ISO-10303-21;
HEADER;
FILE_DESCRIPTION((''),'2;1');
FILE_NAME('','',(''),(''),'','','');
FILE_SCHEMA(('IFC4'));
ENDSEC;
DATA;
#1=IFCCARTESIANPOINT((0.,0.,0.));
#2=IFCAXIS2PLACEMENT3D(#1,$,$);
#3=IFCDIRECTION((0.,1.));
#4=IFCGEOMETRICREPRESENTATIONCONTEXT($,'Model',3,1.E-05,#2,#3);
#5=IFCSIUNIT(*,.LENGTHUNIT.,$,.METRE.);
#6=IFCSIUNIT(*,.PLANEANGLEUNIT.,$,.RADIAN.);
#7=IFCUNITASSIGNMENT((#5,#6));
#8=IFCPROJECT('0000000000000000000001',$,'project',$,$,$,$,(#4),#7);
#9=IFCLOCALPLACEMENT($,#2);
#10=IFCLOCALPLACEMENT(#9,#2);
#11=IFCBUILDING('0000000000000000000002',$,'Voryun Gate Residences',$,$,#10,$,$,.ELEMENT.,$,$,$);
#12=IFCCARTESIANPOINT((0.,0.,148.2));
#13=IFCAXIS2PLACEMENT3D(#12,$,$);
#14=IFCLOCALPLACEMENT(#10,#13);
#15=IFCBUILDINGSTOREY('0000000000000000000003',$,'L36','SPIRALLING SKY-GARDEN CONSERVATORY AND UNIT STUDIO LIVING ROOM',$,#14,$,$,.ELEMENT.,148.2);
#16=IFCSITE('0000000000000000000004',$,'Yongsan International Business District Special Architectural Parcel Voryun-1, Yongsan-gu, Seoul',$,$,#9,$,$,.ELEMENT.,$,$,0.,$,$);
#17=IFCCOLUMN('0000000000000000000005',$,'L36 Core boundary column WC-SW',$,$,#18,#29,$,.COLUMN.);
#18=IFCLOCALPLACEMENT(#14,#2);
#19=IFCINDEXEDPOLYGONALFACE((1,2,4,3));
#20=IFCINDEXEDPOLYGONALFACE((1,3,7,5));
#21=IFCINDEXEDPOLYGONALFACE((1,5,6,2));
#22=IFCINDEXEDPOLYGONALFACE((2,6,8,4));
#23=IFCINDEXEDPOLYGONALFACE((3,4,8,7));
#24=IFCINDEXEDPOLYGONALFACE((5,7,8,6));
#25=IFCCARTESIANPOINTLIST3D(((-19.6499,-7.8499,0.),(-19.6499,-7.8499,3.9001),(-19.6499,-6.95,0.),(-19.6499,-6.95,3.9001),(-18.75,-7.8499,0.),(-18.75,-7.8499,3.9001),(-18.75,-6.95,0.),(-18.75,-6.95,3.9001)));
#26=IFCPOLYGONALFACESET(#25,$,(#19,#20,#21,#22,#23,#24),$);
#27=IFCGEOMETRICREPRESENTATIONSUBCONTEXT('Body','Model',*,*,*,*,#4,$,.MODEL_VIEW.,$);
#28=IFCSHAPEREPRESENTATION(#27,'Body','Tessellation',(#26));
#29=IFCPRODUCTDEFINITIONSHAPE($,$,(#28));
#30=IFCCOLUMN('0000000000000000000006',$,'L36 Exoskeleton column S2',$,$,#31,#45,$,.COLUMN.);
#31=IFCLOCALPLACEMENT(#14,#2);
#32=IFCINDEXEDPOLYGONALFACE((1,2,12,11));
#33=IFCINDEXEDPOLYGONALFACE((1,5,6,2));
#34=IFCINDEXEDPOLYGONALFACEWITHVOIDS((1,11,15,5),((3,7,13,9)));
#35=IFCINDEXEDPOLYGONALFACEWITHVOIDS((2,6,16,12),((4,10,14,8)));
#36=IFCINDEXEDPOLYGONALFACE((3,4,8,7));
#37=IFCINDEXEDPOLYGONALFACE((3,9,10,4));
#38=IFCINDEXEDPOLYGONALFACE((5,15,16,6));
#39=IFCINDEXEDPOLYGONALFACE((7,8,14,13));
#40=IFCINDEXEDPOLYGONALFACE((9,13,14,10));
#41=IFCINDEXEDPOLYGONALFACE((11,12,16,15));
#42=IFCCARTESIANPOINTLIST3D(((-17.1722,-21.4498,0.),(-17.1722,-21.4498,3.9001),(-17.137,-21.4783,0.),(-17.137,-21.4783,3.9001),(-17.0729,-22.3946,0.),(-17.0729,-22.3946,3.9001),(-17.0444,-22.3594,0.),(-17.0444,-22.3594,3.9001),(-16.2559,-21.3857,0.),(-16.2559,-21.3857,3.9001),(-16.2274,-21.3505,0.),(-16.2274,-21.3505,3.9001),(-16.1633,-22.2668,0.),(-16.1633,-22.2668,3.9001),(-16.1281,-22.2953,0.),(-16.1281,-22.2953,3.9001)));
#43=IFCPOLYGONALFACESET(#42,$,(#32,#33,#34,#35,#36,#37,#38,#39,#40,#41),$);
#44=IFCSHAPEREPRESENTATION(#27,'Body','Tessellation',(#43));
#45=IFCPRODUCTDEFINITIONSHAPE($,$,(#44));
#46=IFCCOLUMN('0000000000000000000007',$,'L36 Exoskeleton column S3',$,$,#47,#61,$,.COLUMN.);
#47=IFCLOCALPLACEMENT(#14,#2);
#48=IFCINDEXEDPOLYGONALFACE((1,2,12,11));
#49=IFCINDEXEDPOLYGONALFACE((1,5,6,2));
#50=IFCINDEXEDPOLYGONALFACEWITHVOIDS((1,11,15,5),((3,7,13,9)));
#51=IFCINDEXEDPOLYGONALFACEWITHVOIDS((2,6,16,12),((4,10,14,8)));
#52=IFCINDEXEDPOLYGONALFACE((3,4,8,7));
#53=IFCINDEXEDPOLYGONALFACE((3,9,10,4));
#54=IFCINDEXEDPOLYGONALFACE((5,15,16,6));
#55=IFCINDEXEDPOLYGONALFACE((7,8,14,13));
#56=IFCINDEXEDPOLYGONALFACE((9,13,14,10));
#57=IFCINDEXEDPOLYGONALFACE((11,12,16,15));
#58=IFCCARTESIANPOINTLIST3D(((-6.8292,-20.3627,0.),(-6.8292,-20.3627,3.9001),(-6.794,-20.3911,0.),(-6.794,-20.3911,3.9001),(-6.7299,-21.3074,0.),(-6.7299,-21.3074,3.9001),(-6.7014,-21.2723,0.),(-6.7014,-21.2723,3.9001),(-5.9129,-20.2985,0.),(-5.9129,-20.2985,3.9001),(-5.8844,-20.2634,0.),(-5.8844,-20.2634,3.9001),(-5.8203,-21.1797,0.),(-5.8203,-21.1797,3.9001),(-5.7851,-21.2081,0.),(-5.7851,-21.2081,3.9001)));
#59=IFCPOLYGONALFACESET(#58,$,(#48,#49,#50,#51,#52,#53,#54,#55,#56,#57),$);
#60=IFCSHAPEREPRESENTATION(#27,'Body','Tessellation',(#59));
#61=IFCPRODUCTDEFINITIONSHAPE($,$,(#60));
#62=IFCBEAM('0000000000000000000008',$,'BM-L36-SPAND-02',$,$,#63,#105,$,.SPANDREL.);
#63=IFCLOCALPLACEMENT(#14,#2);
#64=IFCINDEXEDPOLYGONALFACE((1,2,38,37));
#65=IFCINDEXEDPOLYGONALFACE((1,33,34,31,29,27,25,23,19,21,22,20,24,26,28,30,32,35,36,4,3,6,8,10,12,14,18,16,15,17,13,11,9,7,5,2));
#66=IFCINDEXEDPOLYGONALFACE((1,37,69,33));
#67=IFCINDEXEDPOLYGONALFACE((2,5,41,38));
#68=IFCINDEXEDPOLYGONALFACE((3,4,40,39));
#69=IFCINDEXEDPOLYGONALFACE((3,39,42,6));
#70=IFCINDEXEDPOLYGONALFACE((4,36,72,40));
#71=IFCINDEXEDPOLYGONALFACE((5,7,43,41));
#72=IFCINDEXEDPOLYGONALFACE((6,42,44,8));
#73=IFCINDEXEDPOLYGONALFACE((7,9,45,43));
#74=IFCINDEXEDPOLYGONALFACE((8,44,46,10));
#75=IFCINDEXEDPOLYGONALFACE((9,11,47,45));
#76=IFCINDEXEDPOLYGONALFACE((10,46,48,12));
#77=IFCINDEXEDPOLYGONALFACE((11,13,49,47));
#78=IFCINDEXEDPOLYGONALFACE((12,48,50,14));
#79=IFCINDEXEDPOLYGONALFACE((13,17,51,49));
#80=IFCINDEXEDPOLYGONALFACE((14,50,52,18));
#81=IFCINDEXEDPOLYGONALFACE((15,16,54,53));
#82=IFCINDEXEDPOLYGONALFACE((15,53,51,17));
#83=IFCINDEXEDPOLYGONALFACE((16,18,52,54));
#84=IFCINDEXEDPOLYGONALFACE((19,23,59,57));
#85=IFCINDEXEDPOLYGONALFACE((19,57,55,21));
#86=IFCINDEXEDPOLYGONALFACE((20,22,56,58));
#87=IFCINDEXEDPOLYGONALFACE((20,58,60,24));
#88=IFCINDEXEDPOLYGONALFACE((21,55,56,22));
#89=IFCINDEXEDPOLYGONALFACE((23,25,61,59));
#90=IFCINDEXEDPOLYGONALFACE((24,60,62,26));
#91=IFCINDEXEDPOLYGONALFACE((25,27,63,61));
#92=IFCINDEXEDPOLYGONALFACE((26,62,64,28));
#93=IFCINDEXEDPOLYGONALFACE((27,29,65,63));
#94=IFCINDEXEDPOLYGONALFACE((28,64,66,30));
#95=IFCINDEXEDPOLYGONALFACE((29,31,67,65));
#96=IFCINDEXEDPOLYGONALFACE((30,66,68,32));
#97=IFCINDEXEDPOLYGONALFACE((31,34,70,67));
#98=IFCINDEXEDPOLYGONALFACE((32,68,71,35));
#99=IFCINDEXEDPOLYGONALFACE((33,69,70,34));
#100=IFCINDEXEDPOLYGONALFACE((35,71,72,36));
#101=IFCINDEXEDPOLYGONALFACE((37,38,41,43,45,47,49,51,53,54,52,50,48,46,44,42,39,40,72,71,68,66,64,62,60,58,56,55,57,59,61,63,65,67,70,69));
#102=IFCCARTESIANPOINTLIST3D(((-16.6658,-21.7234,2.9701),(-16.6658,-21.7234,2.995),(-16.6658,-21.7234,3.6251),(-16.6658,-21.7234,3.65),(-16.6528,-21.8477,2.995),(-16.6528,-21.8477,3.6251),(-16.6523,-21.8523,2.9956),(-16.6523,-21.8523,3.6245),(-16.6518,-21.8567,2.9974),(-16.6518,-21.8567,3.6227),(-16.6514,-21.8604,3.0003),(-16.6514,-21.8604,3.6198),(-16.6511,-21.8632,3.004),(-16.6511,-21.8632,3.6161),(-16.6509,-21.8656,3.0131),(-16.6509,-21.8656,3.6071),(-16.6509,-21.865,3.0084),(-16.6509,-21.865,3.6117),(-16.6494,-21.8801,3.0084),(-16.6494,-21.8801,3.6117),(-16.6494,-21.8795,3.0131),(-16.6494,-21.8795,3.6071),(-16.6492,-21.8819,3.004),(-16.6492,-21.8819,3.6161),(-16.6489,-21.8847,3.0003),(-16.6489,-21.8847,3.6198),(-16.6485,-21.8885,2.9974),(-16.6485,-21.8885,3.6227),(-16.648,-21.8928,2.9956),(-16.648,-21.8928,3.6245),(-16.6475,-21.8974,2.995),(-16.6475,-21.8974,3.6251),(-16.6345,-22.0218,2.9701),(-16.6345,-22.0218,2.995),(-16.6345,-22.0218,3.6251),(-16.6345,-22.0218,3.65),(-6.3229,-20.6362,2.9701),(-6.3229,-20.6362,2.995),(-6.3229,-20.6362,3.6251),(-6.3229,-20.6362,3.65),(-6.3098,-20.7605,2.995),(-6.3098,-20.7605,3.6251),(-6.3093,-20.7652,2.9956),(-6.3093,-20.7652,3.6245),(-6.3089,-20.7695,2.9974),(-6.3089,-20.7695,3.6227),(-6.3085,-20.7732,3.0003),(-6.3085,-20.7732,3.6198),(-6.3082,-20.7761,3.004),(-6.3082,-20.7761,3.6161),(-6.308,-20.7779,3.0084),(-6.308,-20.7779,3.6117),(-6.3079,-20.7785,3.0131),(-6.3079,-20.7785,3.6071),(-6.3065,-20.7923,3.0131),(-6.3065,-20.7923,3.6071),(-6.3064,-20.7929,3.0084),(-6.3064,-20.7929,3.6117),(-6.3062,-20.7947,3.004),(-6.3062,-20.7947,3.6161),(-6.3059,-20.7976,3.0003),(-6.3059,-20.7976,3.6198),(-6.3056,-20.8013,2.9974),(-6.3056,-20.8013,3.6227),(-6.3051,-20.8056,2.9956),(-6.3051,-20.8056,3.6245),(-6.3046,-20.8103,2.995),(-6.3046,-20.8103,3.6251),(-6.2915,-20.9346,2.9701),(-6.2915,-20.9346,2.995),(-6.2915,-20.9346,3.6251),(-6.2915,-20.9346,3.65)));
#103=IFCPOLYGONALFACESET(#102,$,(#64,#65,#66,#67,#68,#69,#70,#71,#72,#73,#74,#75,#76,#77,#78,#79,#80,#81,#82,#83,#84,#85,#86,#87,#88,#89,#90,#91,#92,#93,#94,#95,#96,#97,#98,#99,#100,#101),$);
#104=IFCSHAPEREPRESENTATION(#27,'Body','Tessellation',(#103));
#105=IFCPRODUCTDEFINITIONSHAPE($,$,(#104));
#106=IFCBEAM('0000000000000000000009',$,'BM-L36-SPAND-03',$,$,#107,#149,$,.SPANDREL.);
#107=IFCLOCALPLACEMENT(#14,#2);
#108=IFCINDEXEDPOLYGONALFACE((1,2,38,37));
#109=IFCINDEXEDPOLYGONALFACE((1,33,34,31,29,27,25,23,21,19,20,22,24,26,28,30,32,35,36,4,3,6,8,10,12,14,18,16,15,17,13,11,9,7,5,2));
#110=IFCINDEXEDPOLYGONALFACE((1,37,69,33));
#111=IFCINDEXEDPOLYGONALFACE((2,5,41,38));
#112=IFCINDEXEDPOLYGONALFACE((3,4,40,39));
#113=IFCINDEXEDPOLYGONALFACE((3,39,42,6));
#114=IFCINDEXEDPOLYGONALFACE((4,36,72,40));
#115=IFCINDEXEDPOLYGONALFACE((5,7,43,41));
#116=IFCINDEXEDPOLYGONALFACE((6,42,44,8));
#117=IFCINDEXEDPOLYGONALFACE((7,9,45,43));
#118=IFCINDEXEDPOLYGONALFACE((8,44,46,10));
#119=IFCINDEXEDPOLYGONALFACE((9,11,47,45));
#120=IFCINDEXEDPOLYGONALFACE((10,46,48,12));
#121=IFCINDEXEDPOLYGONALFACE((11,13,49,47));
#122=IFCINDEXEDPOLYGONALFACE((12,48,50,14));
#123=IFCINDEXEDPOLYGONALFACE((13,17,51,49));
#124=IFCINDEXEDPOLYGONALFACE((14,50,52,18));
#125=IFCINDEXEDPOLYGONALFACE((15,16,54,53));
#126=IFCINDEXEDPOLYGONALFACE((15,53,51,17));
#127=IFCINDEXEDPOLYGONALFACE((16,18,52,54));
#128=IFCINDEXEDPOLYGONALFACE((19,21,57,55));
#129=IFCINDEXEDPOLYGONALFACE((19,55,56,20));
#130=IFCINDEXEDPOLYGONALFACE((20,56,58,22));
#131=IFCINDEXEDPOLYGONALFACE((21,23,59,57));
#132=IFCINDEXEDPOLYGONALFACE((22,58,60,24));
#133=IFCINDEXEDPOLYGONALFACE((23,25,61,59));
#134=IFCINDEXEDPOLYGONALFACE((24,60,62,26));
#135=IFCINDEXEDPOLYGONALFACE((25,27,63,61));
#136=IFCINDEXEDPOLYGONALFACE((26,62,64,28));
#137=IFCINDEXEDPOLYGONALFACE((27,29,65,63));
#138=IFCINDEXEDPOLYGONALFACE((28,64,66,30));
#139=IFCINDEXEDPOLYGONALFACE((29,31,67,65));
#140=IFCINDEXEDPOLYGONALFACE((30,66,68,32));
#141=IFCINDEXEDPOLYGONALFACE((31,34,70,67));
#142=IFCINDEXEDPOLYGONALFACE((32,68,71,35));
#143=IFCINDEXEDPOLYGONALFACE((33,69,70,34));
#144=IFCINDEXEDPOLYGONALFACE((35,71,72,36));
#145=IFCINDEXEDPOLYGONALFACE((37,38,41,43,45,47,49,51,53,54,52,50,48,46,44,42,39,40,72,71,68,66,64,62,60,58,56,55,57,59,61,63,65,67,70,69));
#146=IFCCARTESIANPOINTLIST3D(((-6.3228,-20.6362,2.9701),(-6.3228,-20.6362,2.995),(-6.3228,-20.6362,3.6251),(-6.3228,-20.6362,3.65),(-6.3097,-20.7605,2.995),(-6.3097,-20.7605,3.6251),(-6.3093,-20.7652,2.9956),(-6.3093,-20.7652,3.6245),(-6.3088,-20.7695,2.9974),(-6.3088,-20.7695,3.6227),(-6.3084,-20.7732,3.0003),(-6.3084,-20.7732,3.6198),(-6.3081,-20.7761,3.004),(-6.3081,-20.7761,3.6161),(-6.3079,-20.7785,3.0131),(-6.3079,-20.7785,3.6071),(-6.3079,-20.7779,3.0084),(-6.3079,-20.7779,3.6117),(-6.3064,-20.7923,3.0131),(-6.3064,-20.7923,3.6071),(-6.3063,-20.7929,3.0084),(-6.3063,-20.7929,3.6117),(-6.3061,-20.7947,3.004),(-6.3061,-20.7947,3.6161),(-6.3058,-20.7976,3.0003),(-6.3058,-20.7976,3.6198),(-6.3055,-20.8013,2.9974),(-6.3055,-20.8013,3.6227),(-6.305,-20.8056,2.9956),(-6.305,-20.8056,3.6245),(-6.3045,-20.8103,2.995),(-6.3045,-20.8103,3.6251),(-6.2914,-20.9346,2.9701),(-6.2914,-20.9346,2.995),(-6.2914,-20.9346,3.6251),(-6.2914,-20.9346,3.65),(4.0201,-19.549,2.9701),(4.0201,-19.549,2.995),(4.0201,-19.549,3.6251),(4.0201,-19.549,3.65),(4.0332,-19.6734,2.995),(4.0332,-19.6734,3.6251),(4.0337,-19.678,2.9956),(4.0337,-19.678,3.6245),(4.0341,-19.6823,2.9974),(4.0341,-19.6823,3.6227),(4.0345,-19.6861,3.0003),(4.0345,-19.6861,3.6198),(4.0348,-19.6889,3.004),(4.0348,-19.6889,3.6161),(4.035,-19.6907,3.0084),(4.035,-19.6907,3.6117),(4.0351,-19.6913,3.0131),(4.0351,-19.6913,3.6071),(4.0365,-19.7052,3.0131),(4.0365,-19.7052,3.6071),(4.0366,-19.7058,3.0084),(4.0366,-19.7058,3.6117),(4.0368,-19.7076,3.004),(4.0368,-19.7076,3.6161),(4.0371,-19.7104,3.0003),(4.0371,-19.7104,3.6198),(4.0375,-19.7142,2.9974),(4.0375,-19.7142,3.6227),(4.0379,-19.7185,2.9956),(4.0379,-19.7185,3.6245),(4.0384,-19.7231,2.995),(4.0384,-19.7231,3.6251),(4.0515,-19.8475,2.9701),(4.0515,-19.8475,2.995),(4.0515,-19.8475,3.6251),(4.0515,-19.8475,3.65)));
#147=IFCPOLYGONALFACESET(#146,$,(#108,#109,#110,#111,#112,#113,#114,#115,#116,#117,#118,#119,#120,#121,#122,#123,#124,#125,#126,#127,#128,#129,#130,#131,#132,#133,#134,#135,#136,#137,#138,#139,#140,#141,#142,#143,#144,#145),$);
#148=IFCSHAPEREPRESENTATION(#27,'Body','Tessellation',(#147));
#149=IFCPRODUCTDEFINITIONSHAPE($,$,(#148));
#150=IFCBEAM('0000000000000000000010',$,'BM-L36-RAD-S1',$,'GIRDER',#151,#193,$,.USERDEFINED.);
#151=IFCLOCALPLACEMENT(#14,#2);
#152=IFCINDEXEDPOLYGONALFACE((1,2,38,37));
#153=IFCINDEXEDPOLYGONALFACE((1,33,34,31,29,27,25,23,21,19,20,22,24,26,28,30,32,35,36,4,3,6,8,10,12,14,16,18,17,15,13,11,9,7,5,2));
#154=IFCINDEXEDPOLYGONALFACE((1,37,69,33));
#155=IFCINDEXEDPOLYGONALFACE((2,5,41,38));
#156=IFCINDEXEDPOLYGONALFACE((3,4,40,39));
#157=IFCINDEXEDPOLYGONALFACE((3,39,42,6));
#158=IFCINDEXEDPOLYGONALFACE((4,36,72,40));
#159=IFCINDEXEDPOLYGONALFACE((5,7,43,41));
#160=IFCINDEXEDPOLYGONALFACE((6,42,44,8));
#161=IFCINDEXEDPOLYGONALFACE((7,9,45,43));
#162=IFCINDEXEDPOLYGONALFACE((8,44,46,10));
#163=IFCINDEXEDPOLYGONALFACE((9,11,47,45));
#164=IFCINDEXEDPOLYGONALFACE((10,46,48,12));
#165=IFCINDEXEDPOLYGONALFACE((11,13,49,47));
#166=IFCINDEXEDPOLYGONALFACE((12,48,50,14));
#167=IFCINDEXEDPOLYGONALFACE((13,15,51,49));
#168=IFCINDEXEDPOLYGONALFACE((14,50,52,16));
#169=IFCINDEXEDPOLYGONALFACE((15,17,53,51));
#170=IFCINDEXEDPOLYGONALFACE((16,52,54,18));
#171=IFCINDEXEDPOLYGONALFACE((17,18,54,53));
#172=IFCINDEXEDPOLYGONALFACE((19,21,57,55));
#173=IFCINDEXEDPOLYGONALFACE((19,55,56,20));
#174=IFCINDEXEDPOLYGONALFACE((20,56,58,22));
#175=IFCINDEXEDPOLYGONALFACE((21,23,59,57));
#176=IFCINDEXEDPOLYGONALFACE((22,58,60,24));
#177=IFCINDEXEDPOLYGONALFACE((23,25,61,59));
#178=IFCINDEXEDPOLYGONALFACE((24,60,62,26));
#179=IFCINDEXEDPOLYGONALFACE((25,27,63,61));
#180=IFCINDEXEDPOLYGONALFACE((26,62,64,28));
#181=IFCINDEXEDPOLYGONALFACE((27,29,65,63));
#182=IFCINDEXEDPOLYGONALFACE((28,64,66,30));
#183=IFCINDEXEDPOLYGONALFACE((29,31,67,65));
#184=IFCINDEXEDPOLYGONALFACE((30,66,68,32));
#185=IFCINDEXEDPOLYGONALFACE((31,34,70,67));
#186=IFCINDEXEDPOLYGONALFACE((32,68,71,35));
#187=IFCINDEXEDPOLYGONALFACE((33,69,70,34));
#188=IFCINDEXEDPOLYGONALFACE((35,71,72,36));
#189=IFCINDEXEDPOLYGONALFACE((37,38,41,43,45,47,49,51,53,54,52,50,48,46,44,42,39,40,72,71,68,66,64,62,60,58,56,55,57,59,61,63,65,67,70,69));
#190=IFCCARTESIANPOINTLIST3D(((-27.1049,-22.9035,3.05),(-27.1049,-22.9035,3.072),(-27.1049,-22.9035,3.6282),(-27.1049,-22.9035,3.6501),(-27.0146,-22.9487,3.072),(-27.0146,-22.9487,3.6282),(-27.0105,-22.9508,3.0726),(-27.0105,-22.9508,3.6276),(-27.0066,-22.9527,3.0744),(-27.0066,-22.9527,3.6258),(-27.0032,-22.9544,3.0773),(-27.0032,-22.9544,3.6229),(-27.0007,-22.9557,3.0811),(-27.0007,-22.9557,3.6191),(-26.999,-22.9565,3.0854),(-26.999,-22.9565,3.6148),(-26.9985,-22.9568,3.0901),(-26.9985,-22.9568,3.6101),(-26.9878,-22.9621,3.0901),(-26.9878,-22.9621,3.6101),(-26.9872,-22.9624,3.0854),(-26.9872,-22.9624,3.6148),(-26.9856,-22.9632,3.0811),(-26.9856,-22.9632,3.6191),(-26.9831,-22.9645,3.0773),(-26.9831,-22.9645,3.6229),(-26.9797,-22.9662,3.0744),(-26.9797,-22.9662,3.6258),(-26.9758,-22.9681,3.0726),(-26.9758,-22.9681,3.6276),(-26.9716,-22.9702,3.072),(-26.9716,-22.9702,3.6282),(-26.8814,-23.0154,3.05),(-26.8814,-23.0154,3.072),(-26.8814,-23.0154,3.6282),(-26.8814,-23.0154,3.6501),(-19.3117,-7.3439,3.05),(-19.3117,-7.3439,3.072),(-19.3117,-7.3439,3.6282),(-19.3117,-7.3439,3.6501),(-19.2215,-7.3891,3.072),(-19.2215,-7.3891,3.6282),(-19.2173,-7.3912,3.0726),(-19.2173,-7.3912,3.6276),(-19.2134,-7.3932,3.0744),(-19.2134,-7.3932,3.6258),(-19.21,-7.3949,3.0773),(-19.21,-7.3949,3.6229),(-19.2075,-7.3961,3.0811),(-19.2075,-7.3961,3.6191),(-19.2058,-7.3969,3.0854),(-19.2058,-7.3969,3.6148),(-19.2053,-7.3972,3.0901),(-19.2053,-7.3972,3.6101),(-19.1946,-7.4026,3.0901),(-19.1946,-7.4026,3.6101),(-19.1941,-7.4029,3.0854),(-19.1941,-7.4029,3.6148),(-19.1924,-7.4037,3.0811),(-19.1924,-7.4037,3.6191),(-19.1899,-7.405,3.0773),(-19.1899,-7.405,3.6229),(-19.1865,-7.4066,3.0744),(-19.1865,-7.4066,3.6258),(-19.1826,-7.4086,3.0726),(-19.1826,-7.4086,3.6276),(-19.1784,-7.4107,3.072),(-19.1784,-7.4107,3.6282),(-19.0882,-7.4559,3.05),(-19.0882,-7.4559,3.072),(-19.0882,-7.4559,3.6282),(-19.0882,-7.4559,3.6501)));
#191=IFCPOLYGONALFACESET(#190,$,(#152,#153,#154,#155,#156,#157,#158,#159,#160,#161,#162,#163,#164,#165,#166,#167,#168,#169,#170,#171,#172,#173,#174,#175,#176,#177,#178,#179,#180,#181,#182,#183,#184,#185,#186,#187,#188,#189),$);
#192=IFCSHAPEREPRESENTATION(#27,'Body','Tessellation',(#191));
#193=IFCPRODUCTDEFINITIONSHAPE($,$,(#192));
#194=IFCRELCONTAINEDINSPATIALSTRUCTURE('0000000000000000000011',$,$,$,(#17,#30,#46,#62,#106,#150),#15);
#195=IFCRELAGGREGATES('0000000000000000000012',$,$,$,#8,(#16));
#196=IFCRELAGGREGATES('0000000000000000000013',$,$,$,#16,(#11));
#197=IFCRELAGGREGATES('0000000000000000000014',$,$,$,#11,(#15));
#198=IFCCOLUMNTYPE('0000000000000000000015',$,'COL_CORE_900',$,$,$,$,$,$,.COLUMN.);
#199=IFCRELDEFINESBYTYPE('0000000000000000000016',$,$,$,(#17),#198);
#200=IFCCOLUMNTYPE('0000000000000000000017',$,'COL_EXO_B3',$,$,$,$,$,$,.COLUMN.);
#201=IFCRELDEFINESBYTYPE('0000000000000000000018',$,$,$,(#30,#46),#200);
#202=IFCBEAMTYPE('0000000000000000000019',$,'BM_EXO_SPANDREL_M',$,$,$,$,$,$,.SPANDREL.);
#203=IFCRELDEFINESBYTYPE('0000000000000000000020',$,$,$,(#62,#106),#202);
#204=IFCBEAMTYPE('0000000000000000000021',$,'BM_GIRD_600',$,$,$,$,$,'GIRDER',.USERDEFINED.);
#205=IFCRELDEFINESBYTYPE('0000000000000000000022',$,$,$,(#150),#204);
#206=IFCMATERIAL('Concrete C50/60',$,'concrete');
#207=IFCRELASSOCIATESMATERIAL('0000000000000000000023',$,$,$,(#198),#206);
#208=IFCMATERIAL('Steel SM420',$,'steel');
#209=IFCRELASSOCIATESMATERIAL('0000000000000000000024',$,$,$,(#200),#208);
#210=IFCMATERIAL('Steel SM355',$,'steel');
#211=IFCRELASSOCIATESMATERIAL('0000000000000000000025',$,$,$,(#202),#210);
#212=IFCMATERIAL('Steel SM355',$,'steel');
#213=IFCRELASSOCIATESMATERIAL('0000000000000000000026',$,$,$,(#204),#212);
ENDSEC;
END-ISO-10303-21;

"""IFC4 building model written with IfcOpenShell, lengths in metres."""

from ifc_helpers import new_model, si_unit, direction, frame, origin, origin_2d, place, context, subcontext, project, spatial, rectangle, hollow_rectangle, i_section, extrude, material, material_profile, profile_set, type_object, element, save


model = new_model("IFC4")

# Units and contexts
model_context = context("Model", 3, precision=1e-05, world=origin(), true_north=direction((0.0, 1.0)))
body_context = subcontext(model_context, "Body", "Model", "MODEL_VIEW")
ifc_project = project(units=[si_unit("LENGTHUNIT", "METRE"), si_unit("PLANEANGLEUNIT", "RADIAN")], contexts=[model_context])

# Site, building, storey
site_placement = place(None, origin())
site = spatial("IfcSite", under=ifc_project, at=site_placement, Name="Yongsan International Business District Special Architectural Parcel Voryun-1, Yongsan-gu, Seoul", CompositionType="ELEMENT", RefElevation=0.0)
building_placement = place(site_placement, origin())
building = spatial("IfcBuilding", under=site, at=building_placement, Name="Voryun Gate Residences", CompositionType="ELEMENT")
storey_placement = place(building_placement, frame((0.0, 0.0, 148.2)))
storey = spatial("IfcBuildingStorey", under=building, at=storey_placement, Name="L36", Description="SPIRALLING SKY-GARDEN CONSERVATORY AND UNIT STUDIO LIVING ROOM", CompositionType="ELEMENT", Elevation=148.2)

# Columns
ifc_material_1 = material(Name="Concrete C50/60", Category="concrete")
ifc_material_profile_1 = material_profile(ifc_material_1, rectangle(XDim=0.8999, YDim=0.8999, at=origin_2d()), Name="RC-900x900")
ifc_profile_set_1 = profile_set([ifc_material_profile_1], Name="Concrete C50/60")
column_type_1 = type_object("IfcColumnType", Name="COL_CORE_900", PredefinedType="COLUMN", material=ifc_profile_set_1)
column_placement = place(storey_placement, frame((-19.2, -7.3999, 0.0), z_axis=(0.0, 0.0, 1.0), x_axis=(1.0, 0.0, 0.0)))
element("IfcColumn", 1, at=column_placement, inside=storey, type_object=column_type_1, Name="L36 Core boundary column WC-SW", PredefinedType="COLUMN", context=body_context, shape_type="SweptSolid", body=[
    extrude(rectangle(XDim=0.8999, YDim=0.8999, at=origin_2d()), origin(), (0.0, 0.0, 1.0), 3.9001),
])
ifc_material_2 = material(Name="Steel SM420", Category="steel")
ifc_material_profile_2 = material_profile(ifc_material_2, hollow_rectangle(XDim=0.95, YDim=0.95, WallThickness=0.032, at=origin_2d()), Name="BOX-950x950x32")
ifc_profile_set_2 = profile_set([ifc_material_profile_2], Name="Steel SM420")
column_type_2 = type_object("IfcColumnType", Name="COL_EXO_B3", PredefinedType="COLUMN", material=ifc_profile_set_2)
for number, where, z_axis, x_axis, name in (
    (2, (-16.6501, -21.8726, 0.0), (0.0, 0.0, 1.0), (0.994522, 0.104528, 0.0), "L36 Exoskeleton column S2"),
    (3, (-6.3071, -20.7854, 0.0), (0.0, 0.0, 1.0), (0.994522, 0.104528, 0.0), "L36 Exoskeleton column S3"),
):
    element("IfcColumn", number, at=place(storey_placement, frame(where, z_axis=z_axis, x_axis=x_axis)), inside=storey, type_object=column_type_2, Name=name, PredefinedType="COLUMN", context=body_context, shape_type="SweptSolid", body=[
        extrude(hollow_rectangle(XDim=0.95, YDim=0.95, WallThickness=0.032, at=origin_2d()), origin(), (0.0, 0.0, 1.0), 3.9001),
    ])

# Beams
ifc_material_3 = material(Name="Steel SM355", Category="steel")
ifc_material_profile_3 = material_profile(ifc_material_3, i_section(OverallWidth=0.3, OverallDepth=0.6799, WebThickness=0.0139, FlangeThickness=0.0249, FilletRadius=0.0181, at=origin_2d()), Name="H-680x300x14x25")
ifc_profile_set_3 = profile_set([ifc_material_profile_3], Name="Steel SM355")
beam_type_1 = type_object("IfcBeamType", Name="BM_EXO_SPANDREL_M", PredefinedType="SPANDREL", material=ifc_profile_set_3)
for number, where, z_axis, x_axis, name in (
    (4, (-16.6501, -21.8726, 3.3101), (0.994521, 0.104534, 0.0), (-0.104534, 0.994521, 0.0), "BM-L36-SPAND-02"),
    (5, (-6.3071, -20.7854, 3.3101), (0.994521, 0.104534, 0.0), (-0.104534, 0.994521, 0.0), "BM-L36-SPAND-03"),
):
    element("IfcBeam", number, at=place(storey_placement, frame(where, z_axis=z_axis, x_axis=x_axis)), inside=storey, type_object=beam_type_1, Name=name, PredefinedType="SPANDREL", context=body_context, shape_type="SweptSolid", body=[
        extrude(i_section(OverallWidth=0.3, OverallDepth=0.6799, WebThickness=0.0139, FlangeThickness=0.0249, FilletRadius=0.0181, at=origin_2d()), origin(), (0.0, 0.0, 1.0), 10.3999),
    ])
ifc_material_4 = material(Name="Steel SM355", Category="steel")
ifc_material_profile_4 = material_profile(ifc_material_4, i_section(OverallWidth=0.25, OverallDepth=0.6001, WebThickness=0.012, FlangeThickness=0.022, FilletRadius=0.0181, at=origin_2d()), Name="H-600x250x12x22")
ifc_profile_set_4 = profile_set([ifc_material_profile_4], Name="Steel SM355")
beam_type_2 = type_object("IfcBeamType", Name="BM_GIRD_600", ElementType="GIRDER", PredefinedType="USERDEFINED", material=ifc_profile_set_4)
beam_placement = place(storey_placement, frame((-19.2, -7.3999, 3.3501), z_axis=(-0.447831, -0.894118, 0.0), x_axis=(0.894118, -0.447831, 0.0)))
element("IfcBeam", 6, at=beam_placement, inside=storey, type_object=beam_type_2, Name="BM-L36-RAD-S1", ObjectType="GIRDER", PredefinedType="USERDEFINED", context=body_context, shape_type="SweptSolid", body=[
    extrude(i_section(OverallWidth=0.25, OverallDepth=0.6001, WebThickness=0.012, FlangeThickness=0.022, FilletRadius=0.0181, at=origin_2d()), origin(), (0.0, 0.0, 1.0), 17.4021),
])

save(model, "model.ifc")
